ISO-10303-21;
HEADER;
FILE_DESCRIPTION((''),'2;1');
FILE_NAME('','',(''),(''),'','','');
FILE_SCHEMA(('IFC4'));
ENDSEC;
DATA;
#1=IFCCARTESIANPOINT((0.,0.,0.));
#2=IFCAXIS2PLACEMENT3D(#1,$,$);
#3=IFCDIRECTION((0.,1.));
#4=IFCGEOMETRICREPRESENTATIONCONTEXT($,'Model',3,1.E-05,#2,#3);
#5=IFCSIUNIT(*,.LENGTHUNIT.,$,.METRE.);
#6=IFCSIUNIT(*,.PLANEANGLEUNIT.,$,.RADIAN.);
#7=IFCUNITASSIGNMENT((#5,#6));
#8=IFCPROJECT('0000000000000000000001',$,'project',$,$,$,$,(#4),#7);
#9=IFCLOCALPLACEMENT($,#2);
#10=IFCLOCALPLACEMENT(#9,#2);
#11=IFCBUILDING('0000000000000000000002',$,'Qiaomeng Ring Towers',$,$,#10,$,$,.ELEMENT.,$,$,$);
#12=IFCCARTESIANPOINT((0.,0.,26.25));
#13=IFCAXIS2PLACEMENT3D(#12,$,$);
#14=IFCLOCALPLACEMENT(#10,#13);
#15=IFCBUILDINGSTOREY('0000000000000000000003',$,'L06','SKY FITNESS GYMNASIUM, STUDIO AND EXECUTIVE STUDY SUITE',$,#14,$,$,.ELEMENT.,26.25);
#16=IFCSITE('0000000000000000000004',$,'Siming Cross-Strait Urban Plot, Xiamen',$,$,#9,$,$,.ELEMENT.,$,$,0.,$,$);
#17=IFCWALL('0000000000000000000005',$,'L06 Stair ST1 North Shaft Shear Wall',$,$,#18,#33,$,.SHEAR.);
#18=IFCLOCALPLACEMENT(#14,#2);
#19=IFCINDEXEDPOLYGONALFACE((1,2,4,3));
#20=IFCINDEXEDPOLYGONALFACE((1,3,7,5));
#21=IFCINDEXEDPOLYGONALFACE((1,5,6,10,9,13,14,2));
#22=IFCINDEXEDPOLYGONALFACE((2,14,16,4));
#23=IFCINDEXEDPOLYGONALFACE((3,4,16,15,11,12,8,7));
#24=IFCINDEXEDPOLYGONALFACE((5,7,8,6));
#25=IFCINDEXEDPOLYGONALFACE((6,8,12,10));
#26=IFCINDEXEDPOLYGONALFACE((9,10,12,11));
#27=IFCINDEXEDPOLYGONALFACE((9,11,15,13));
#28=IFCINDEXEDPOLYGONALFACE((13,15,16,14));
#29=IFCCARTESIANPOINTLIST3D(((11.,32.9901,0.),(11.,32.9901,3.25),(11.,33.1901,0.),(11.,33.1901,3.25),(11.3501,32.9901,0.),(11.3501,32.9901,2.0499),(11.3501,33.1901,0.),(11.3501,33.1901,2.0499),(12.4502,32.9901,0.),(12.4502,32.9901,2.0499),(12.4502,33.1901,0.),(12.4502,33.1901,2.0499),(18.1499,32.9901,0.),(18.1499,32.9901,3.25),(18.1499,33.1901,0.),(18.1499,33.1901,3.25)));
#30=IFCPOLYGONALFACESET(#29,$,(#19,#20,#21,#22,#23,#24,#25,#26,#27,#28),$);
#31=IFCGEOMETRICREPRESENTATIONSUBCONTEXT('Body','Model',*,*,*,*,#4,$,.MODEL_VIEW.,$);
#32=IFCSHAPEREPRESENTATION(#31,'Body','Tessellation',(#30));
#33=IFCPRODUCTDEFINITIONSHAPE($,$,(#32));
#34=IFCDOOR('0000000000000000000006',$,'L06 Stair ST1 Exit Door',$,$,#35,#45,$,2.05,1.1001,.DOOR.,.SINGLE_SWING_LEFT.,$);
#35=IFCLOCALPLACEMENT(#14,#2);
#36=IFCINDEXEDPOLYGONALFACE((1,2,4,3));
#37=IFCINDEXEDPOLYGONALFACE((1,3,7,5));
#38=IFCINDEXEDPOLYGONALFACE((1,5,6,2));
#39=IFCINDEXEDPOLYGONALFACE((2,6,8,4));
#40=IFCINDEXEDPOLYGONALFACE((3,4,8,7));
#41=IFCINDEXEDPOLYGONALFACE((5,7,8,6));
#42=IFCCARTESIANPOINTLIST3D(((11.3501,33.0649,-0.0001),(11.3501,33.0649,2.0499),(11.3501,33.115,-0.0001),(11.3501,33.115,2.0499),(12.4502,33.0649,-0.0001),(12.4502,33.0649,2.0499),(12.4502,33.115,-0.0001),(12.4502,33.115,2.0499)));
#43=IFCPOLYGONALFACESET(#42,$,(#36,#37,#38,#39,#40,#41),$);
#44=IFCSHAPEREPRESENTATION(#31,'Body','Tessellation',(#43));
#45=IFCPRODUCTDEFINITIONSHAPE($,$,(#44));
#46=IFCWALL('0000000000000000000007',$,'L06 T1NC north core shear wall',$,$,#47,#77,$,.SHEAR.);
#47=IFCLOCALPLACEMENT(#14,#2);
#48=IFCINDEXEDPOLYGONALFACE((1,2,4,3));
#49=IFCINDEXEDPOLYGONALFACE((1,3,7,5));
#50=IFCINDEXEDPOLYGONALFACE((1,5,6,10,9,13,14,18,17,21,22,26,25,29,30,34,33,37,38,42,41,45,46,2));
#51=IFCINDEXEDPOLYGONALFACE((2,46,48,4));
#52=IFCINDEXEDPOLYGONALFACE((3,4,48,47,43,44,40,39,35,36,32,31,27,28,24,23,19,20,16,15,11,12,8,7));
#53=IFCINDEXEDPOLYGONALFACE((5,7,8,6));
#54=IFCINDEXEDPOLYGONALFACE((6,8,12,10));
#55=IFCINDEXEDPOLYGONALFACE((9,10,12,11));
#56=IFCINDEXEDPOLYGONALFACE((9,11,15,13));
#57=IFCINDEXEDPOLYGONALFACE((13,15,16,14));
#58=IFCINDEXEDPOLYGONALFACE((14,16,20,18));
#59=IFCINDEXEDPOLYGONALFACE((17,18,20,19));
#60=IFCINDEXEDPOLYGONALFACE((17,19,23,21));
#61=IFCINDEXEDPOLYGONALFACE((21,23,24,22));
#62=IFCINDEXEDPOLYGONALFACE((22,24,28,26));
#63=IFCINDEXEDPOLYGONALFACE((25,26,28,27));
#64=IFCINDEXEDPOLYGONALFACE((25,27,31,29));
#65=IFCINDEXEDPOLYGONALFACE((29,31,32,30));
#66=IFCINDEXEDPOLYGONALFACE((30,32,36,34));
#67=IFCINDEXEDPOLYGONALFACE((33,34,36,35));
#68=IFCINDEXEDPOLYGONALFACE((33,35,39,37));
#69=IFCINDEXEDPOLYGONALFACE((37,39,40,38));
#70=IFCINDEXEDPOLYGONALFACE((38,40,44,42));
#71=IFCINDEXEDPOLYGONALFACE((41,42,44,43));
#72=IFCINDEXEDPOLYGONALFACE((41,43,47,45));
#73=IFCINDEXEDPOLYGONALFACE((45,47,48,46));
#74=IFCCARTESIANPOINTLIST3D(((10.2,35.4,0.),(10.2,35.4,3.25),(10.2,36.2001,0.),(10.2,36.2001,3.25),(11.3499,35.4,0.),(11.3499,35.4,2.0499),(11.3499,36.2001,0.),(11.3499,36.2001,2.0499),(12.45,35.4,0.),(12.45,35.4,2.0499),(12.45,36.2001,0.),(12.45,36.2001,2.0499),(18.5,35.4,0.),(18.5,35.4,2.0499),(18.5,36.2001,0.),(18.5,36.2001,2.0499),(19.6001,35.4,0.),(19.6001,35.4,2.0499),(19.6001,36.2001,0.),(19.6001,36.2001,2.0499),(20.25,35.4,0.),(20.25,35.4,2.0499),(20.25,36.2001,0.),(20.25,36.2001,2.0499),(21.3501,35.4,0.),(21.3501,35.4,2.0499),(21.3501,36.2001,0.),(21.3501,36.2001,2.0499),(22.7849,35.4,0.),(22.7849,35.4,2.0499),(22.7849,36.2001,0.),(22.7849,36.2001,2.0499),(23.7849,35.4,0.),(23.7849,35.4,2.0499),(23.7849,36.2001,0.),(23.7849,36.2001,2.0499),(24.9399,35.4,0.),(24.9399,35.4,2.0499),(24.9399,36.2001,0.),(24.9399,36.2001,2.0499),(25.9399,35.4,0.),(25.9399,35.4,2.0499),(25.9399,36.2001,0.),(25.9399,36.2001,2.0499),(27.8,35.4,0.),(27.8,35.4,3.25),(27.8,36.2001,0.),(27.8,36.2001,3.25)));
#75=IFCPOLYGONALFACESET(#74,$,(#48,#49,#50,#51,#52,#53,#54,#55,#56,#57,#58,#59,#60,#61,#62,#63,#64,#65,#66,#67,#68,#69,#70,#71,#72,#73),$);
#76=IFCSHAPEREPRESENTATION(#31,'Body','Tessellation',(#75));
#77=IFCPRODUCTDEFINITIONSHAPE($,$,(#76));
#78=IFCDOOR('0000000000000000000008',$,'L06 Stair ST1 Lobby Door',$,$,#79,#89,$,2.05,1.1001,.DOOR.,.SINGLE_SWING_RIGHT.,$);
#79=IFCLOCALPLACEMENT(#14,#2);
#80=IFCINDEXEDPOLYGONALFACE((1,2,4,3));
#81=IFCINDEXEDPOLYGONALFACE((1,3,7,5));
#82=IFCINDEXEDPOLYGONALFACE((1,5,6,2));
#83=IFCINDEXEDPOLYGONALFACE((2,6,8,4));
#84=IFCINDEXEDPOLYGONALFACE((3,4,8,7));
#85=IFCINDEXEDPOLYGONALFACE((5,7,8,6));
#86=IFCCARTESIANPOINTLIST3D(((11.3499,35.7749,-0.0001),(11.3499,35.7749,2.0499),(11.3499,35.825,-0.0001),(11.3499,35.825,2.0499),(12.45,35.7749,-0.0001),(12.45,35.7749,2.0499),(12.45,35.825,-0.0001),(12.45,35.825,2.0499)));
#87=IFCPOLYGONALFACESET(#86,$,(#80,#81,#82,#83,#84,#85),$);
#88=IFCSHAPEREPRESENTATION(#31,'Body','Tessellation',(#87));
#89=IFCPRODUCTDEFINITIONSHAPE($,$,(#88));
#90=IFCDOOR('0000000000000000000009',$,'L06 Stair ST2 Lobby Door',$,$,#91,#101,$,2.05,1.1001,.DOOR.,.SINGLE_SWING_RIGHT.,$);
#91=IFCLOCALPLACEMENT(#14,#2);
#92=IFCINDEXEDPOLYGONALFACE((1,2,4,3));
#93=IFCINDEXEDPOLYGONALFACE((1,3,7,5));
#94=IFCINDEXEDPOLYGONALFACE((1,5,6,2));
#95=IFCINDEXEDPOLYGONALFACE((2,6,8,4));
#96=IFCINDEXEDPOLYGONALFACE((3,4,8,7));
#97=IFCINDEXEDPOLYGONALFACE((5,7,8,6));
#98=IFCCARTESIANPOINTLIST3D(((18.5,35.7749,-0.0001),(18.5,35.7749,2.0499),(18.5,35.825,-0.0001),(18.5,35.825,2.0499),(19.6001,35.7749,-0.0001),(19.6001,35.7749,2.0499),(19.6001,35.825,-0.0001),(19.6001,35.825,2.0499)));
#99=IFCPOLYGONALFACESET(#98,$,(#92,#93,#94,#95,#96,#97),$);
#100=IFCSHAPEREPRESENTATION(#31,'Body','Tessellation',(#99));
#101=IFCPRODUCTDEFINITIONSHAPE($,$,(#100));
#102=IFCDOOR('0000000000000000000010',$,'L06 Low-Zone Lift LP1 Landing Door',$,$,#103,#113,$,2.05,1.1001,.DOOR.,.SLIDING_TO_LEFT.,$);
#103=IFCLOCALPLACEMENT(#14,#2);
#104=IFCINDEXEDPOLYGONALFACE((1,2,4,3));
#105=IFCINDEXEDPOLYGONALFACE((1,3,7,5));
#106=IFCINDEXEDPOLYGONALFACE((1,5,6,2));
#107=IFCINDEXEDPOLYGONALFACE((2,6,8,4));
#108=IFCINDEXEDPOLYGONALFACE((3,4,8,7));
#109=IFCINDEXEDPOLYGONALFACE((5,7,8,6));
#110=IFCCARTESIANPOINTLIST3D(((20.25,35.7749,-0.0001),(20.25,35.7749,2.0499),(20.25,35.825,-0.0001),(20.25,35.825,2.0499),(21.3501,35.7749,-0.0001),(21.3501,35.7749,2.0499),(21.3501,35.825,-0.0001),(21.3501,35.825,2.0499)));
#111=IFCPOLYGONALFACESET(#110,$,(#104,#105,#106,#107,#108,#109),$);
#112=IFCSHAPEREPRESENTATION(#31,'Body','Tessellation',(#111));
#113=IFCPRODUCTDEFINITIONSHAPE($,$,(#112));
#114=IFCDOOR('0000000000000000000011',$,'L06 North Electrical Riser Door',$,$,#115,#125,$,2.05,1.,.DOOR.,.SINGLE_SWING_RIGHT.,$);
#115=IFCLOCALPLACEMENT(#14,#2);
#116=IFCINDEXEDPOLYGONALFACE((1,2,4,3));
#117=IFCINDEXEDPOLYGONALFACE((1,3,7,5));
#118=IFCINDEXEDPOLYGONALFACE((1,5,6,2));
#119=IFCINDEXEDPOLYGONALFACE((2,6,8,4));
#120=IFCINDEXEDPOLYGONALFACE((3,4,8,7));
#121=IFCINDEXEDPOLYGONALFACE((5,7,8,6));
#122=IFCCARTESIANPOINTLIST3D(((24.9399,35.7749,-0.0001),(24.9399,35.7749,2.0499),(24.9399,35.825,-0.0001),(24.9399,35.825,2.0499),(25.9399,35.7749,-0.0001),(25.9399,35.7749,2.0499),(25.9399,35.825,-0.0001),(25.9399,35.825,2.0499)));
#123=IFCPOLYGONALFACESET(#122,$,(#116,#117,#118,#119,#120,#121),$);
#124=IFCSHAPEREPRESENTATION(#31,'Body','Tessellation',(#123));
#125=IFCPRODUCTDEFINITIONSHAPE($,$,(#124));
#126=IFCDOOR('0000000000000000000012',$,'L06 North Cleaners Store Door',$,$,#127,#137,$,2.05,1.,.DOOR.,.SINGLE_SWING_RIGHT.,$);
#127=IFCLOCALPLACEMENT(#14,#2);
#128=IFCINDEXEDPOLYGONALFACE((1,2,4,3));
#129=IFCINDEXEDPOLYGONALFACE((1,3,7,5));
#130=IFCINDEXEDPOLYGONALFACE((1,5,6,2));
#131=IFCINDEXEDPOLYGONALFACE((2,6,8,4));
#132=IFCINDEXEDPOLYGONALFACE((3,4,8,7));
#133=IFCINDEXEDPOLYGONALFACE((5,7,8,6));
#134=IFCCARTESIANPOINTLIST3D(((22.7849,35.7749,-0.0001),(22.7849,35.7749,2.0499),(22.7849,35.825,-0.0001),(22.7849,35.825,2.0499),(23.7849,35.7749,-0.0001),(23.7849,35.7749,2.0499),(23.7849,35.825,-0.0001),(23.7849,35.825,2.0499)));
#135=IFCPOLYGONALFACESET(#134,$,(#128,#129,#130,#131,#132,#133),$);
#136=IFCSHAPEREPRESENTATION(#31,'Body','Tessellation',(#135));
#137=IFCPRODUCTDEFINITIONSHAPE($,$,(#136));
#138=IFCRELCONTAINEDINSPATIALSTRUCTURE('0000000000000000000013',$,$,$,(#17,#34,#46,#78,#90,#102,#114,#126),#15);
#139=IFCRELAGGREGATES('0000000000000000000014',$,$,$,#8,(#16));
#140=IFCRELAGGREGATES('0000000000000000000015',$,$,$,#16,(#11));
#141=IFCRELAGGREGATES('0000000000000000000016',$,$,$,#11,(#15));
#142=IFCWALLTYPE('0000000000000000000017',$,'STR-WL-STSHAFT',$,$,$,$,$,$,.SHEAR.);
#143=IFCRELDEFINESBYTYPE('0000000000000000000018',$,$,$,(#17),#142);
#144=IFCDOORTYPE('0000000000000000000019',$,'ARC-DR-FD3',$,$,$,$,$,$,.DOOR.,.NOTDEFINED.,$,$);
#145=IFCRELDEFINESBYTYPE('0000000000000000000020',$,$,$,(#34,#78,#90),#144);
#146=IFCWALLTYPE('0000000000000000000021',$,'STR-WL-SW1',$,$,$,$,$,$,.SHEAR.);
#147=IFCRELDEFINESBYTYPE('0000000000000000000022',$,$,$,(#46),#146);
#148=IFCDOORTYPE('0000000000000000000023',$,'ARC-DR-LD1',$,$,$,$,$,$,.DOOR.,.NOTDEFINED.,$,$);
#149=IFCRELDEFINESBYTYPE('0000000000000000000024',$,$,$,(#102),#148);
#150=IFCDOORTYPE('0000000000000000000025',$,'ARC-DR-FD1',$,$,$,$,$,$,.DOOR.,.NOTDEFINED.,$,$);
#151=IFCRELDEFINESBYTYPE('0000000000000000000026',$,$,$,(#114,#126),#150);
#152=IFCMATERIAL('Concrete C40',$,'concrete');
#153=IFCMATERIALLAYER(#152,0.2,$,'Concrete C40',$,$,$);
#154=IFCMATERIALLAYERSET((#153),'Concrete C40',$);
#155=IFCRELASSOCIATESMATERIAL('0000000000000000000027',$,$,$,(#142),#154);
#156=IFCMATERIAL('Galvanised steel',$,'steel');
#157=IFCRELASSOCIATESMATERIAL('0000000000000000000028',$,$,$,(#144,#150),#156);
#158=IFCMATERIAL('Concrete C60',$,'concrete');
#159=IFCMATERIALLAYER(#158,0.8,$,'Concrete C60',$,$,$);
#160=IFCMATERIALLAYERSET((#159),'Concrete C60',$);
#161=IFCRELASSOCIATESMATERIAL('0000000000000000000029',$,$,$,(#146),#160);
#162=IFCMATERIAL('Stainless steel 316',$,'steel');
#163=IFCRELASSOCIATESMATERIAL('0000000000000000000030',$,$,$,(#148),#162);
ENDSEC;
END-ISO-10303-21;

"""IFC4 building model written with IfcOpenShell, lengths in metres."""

from ifc_helpers import new_model, si_unit, direction, frame, frame_2d, origin, place, context, subcontext, project, spatial, rectangle, extrude, source, transform, mapped, material, layer, layer_set, type_object, element, fill, save


model = new_model("IFC4")

# Units and contexts
model_context = context("Model", 3, precision=1e-05, world=origin(), true_north=direction((0.0, 1.0)))
body_context = subcontext(model_context, "Body", "Model", "MODEL_VIEW")
ifc_project = project(units=[si_unit("LENGTHUNIT", "METRE"), si_unit("PLANEANGLEUNIT", "RADIAN")], contexts=[model_context])

# Site, building, storey
site_placement = place(None, origin())
site = spatial("IfcSite", under=ifc_project, at=site_placement, Name="Siming Cross-Strait Urban Plot, Xiamen", CompositionType="ELEMENT", RefElevation=0.0)
building_placement = place(site_placement, origin())
building = spatial("IfcBuilding", under=site, at=building_placement, Name="Qiaomeng Ring Towers", CompositionType="ELEMENT")
storey_placement = place(building_placement, frame((0.0, 0.0, 26.25)))
storey = spatial("IfcBuildingStorey", under=building, at=storey_placement, Name="L06", Description="SKY FITNESS GYMNASIUM, STUDIO AND EXECUTIVE STUDY SUITE", CompositionType="ELEMENT", Elevation=26.25)

# Shared definitions
shared_shape_1 = source(origin(), body_context, "Body", "SweptSolid", [
    extrude(rectangle(XDim=1.0, YDim=2.05, at=frame_2d((0.5, 1.0249))), frame((0.0, 0.0249, 0.0), z_axis=(0.0, -1.0, 0.0), x_axis=(1.0, 0.0, 0.0)), (0.0, 0.0, 1.0), 0.05),
])

# Shared definitions
ifc_material_1 = material(Name="Concrete C40", Category="concrete")
ifc_layer_1 = layer(ifc_material_1, 0.2, Name="Concrete C40")
ifc_layer_set_1 = layer_set([ifc_layer_1], Name="Concrete C40")
wall_type_1 = type_object("IfcWallType", Name="STR-WL-STSHAFT", PredefinedType="SHEAR", material=ifc_layer_set_1)

# Wall, opening, door
wall_1_placement = place(storey_placement, frame((11.0, 33.0901, 0.0), z_axis=(0.0, 0.0, 1.0), x_axis=(1.0, 0.0, 0.0)))
wall_1 = element("IfcWall", 1, at=wall_1_placement, inside=storey, type_object=wall_type_1, Name="L06 Stair ST1 North Shaft Shear Wall", PredefinedType="SHEAR", context=body_context, shape_type="SweptSolid", body=[
    extrude(rectangle(XDim=7.1499, YDim=0.2, at=frame_2d((3.575, 0.0))), origin(), (0.0, 0.0, 1.0), 3.25),
])
opening_1_placement = place(wall_1_placement, frame((0.3501, 0.0, 0.0)))
opening_1 = element("IfcOpeningElement", 2, at=opening_1_placement, cuts=wall_1, PredefinedType="OPENING", context=body_context, shape_type="SweptSolid", body=[
    extrude(rectangle(XDim=1.1001, YDim=2.05, at=frame_2d((0.55, 1.0249))), frame((0.0, 0.1099, 0.0), z_axis=(0.0, -1.0, 0.0), x_axis=(1.0, 0.0, 0.0)), (0.0, 0.0, 1.0), 0.22),
])
ifc_material_2 = material(Name="Galvanised steel", Category="steel")
door_type_1 = type_object("IfcDoorType", Name="ARC-DR-FD3", OperationType="NOTDEFINED", PredefinedType="DOOR", material=ifc_material_2)
shared_shape_2 = source(origin(), body_context, "Body", "SweptSolid", [
    extrude(rectangle(XDim=1.1001, YDim=2.05, at=frame_2d((0.55, 1.0249))), frame((0.0, 0.0249, 0.0), z_axis=(0.0, -1.0, 0.0), x_axis=(1.0, 0.0, 0.0)), (0.0, 0.0, 1.0), 0.05),
])
door_1_placement = place(opening_1_placement, origin())
door_1 = element("IfcDoor", 3, at=door_1_placement, inside=storey, type_object=door_type_1, Name="L06 Stair ST1 Exit Door", OperationType="SINGLE_SWING_LEFT", OverallHeight=2.05, OverallWidth=1.1001, PredefinedType="DOOR", context=body_context, shape_type="MappedRepresentation", body=[
    mapped(shared_shape_2, transform((0.0, 0.0, 0.0), x_axis=(1.0, 0.0, 0.0), y_axis=(0.0, 1.0, 0.0), z_axis=(0.0, 0.0, 1.0), scale=1.0)),
])
fill(opening_1, door_1)

# Wall, openings, doors
ifc_material_3 = material(Name="Concrete C60", Category="concrete")
ifc_layer_2 = layer(ifc_material_3, 0.8, Name="Concrete C60")
ifc_layer_set_2 = layer_set([ifc_layer_2], Name="Concrete C60")
wall_type_2 = type_object("IfcWallType", Name="STR-WL-SW1", PredefinedType="SHEAR", material=ifc_layer_set_2)
wall_2_placement = place(storey_placement, frame((10.2, 35.8, 0.0), z_axis=(0.0, 0.0, 1.0), x_axis=(1.0, 0.0, 0.0)))
wall_2 = element("IfcWall", 4, at=wall_2_placement, inside=storey, type_object=wall_type_2, Name="L06 T1NC north core shear wall", PredefinedType="SHEAR", context=body_context, shape_type="SweptSolid", body=[
    extrude(rectangle(XDim=17.6001, YDim=0.8, at=frame_2d((8.8, 0.0))), origin(), (0.0, 0.0, 1.0), 3.25),
])
opening_2_placement = place(wall_2_placement, frame((1.1499, 0.0, 0.0)))
opening_2 = element("IfcOpeningElement", 5, at=opening_2_placement, cuts=wall_2, PredefinedType="OPENING", context=body_context, shape_type="SweptSolid", body=[
    extrude(rectangle(XDim=1.1001, YDim=2.05, at=frame_2d((0.55, 1.0249))), frame((0.0, 0.4099, 0.0), z_axis=(0.0, -1.0, 0.0), x_axis=(1.0, 0.0, 0.0)), (0.0, 0.0, 1.0), 0.8201),
])
opening_3_placement = place(wall_2_placement, frame((8.3, 0.0, 0.0)))
opening_3 = element("IfcOpeningElement", 6, at=opening_3_placement, cuts=wall_2, PredefinedType="OPENING", context=body_context, shape_type="SweptSolid", body=[
    extrude(rectangle(XDim=1.1001, YDim=2.05, at=frame_2d((0.55, 1.0249))), frame((0.0, 0.4099, 0.0), z_axis=(0.0, -1.0, 0.0), x_axis=(1.0, 0.0, 0.0)), (0.0, 0.0, 1.0), 0.8201),
])
opening_4_placement = place(wall_2_placement, frame((10.05, 0.0, 0.0)))
opening_4 = element("IfcOpeningElement", 7, at=opening_4_placement, cuts=wall_2, PredefinedType="OPENING", context=body_context, shape_type="SweptSolid", body=[
    extrude(rectangle(XDim=1.1001, YDim=2.05, at=frame_2d((0.55, 1.0249))), frame((0.0, 0.4099, 0.0), z_axis=(0.0, -1.0, 0.0), x_axis=(1.0, 0.0, 0.0)), (0.0, 0.0, 1.0), 0.8201),
])
opening_5_placement = place(wall_2_placement, frame((14.74, 0.0, 0.0)))
opening_5 = element("IfcOpeningElement", 8, at=opening_5_placement, cuts=wall_2, PredefinedType="OPENING", context=body_context, shape_type="SweptSolid", body=[
    extrude(rectangle(XDim=1.0, YDim=2.05, at=frame_2d((0.5, 1.0249))), frame((0.0, 0.4099, 0.0), z_axis=(0.0, -1.0, 0.0), x_axis=(1.0, 0.0, 0.0)), (0.0, 0.0, 1.0), 0.8201),
])
opening_6_placement = place(wall_2_placement, frame((12.585, 0.0, 0.0)))
opening_6 = element("IfcOpeningElement", 9, at=opening_6_placement, cuts=wall_2, PredefinedType="OPENING", context=body_context, shape_type="SweptSolid", body=[
    extrude(rectangle(XDim=1.0, YDim=2.05, at=frame_2d((0.5, 1.0249))), frame((0.0, 0.4099, 0.0), z_axis=(0.0, -1.0, 0.0), x_axis=(1.0, 0.0, 0.0)), (0.0, 0.0, 1.0), 0.8201),
])
door_2_placement = place(opening_2_placement, origin())
door_2 = element("IfcDoor", 10, at=door_2_placement, inside=storey, type_object=door_type_1, Name="L06 Stair ST1 Lobby Door", OperationType="SINGLE_SWING_RIGHT", OverallHeight=2.05, OverallWidth=1.1001, PredefinedType="DOOR", context=body_context, shape_type="MappedRepresentation", body=[
    mapped(shared_shape_2, transform((0.0, 0.0, 0.0), x_axis=(1.0, 0.0, 0.0), y_axis=(0.0, 1.0, 0.0), z_axis=(0.0, 0.0, 1.0), scale=1.0)),
])
fill(opening_2, door_2)
door_3_placement = place(opening_3_placement, origin())
door_3 = element("IfcDoor", 11, at=door_3_placement, inside=storey, type_object=door_type_1, Name="L06 Stair ST2 Lobby Door", OperationType="SINGLE_SWING_RIGHT", OverallHeight=2.05, OverallWidth=1.1001, PredefinedType="DOOR", context=body_context, shape_type="MappedRepresentation", body=[
    mapped(shared_shape_2, transform((0.0, 0.0, 0.0), x_axis=(1.0, 0.0, 0.0), y_axis=(0.0, 1.0, 0.0), z_axis=(0.0, 0.0, 1.0), scale=1.0)),
])
fill(opening_3, door_3)
ifc_material_4 = material(Name="Stainless steel 316", Category="steel")
door_type_2 = type_object("IfcDoorType", Name="ARC-DR-LD1", OperationType="NOTDEFINED", PredefinedType="DOOR", material=ifc_material_4)
door_4_placement = place(opening_4_placement, origin())
door_4 = element("IfcDoor", 12, at=door_4_placement, inside=storey, type_object=door_type_2, Name="L06 Low-Zone Lift LP1 Landing Door", OperationType="SLIDING_TO_LEFT", OverallHeight=2.05, OverallWidth=1.1001, PredefinedType="DOOR", context=body_context, shape_type="MappedRepresentation", body=[
    mapped(shared_shape_2, transform((0.0, 0.0, 0.0), x_axis=(1.0, 0.0, 0.0), y_axis=(0.0, 1.0, 0.0), z_axis=(0.0, 0.0, 1.0), scale=1.0)),
])
fill(opening_4, door_4)
door_type_3 = type_object("IfcDoorType", Name="ARC-DR-FD1", OperationType="NOTDEFINED", PredefinedType="DOOR", material=ifc_material_2)
door_5_placement = place(opening_5_placement, origin())
door_5 = element("IfcDoor", 13, at=door_5_placement, inside=storey, type_object=door_type_3, Name="L06 North Electrical Riser Door", OperationType="SINGLE_SWING_RIGHT", OverallHeight=2.05, OverallWidth=1.0, PredefinedType="DOOR", context=body_context, shape_type="MappedRepresentation", body=[
    mapped(shared_shape_1, transform((0.0, 0.0, 0.0), x_axis=(1.0, 0.0, 0.0), y_axis=(0.0, 1.0, 0.0), z_axis=(0.0, 0.0, 1.0), scale=1.0)),
])
fill(opening_5, door_5)
door_6_placement = place(opening_6_placement, origin())
door_6 = element("IfcDoor", 14, at=door_6_placement, inside=storey, type_object=door_type_3, Name="L06 North Cleaners Store Door", OperationType="SINGLE_SWING_RIGHT", OverallHeight=2.05, OverallWidth=1.0, PredefinedType="DOOR", context=body_context, shape_type="MappedRepresentation", body=[
    mapped(shared_shape_1, transform((0.0, 0.0, 0.0), x_axis=(1.0, 0.0, 0.0), y_axis=(0.0, 1.0, 0.0), z_axis=(0.0, 0.0, 1.0), scale=1.0)),
])
fill(opening_6, door_6)

save(model, "model.ifc")
